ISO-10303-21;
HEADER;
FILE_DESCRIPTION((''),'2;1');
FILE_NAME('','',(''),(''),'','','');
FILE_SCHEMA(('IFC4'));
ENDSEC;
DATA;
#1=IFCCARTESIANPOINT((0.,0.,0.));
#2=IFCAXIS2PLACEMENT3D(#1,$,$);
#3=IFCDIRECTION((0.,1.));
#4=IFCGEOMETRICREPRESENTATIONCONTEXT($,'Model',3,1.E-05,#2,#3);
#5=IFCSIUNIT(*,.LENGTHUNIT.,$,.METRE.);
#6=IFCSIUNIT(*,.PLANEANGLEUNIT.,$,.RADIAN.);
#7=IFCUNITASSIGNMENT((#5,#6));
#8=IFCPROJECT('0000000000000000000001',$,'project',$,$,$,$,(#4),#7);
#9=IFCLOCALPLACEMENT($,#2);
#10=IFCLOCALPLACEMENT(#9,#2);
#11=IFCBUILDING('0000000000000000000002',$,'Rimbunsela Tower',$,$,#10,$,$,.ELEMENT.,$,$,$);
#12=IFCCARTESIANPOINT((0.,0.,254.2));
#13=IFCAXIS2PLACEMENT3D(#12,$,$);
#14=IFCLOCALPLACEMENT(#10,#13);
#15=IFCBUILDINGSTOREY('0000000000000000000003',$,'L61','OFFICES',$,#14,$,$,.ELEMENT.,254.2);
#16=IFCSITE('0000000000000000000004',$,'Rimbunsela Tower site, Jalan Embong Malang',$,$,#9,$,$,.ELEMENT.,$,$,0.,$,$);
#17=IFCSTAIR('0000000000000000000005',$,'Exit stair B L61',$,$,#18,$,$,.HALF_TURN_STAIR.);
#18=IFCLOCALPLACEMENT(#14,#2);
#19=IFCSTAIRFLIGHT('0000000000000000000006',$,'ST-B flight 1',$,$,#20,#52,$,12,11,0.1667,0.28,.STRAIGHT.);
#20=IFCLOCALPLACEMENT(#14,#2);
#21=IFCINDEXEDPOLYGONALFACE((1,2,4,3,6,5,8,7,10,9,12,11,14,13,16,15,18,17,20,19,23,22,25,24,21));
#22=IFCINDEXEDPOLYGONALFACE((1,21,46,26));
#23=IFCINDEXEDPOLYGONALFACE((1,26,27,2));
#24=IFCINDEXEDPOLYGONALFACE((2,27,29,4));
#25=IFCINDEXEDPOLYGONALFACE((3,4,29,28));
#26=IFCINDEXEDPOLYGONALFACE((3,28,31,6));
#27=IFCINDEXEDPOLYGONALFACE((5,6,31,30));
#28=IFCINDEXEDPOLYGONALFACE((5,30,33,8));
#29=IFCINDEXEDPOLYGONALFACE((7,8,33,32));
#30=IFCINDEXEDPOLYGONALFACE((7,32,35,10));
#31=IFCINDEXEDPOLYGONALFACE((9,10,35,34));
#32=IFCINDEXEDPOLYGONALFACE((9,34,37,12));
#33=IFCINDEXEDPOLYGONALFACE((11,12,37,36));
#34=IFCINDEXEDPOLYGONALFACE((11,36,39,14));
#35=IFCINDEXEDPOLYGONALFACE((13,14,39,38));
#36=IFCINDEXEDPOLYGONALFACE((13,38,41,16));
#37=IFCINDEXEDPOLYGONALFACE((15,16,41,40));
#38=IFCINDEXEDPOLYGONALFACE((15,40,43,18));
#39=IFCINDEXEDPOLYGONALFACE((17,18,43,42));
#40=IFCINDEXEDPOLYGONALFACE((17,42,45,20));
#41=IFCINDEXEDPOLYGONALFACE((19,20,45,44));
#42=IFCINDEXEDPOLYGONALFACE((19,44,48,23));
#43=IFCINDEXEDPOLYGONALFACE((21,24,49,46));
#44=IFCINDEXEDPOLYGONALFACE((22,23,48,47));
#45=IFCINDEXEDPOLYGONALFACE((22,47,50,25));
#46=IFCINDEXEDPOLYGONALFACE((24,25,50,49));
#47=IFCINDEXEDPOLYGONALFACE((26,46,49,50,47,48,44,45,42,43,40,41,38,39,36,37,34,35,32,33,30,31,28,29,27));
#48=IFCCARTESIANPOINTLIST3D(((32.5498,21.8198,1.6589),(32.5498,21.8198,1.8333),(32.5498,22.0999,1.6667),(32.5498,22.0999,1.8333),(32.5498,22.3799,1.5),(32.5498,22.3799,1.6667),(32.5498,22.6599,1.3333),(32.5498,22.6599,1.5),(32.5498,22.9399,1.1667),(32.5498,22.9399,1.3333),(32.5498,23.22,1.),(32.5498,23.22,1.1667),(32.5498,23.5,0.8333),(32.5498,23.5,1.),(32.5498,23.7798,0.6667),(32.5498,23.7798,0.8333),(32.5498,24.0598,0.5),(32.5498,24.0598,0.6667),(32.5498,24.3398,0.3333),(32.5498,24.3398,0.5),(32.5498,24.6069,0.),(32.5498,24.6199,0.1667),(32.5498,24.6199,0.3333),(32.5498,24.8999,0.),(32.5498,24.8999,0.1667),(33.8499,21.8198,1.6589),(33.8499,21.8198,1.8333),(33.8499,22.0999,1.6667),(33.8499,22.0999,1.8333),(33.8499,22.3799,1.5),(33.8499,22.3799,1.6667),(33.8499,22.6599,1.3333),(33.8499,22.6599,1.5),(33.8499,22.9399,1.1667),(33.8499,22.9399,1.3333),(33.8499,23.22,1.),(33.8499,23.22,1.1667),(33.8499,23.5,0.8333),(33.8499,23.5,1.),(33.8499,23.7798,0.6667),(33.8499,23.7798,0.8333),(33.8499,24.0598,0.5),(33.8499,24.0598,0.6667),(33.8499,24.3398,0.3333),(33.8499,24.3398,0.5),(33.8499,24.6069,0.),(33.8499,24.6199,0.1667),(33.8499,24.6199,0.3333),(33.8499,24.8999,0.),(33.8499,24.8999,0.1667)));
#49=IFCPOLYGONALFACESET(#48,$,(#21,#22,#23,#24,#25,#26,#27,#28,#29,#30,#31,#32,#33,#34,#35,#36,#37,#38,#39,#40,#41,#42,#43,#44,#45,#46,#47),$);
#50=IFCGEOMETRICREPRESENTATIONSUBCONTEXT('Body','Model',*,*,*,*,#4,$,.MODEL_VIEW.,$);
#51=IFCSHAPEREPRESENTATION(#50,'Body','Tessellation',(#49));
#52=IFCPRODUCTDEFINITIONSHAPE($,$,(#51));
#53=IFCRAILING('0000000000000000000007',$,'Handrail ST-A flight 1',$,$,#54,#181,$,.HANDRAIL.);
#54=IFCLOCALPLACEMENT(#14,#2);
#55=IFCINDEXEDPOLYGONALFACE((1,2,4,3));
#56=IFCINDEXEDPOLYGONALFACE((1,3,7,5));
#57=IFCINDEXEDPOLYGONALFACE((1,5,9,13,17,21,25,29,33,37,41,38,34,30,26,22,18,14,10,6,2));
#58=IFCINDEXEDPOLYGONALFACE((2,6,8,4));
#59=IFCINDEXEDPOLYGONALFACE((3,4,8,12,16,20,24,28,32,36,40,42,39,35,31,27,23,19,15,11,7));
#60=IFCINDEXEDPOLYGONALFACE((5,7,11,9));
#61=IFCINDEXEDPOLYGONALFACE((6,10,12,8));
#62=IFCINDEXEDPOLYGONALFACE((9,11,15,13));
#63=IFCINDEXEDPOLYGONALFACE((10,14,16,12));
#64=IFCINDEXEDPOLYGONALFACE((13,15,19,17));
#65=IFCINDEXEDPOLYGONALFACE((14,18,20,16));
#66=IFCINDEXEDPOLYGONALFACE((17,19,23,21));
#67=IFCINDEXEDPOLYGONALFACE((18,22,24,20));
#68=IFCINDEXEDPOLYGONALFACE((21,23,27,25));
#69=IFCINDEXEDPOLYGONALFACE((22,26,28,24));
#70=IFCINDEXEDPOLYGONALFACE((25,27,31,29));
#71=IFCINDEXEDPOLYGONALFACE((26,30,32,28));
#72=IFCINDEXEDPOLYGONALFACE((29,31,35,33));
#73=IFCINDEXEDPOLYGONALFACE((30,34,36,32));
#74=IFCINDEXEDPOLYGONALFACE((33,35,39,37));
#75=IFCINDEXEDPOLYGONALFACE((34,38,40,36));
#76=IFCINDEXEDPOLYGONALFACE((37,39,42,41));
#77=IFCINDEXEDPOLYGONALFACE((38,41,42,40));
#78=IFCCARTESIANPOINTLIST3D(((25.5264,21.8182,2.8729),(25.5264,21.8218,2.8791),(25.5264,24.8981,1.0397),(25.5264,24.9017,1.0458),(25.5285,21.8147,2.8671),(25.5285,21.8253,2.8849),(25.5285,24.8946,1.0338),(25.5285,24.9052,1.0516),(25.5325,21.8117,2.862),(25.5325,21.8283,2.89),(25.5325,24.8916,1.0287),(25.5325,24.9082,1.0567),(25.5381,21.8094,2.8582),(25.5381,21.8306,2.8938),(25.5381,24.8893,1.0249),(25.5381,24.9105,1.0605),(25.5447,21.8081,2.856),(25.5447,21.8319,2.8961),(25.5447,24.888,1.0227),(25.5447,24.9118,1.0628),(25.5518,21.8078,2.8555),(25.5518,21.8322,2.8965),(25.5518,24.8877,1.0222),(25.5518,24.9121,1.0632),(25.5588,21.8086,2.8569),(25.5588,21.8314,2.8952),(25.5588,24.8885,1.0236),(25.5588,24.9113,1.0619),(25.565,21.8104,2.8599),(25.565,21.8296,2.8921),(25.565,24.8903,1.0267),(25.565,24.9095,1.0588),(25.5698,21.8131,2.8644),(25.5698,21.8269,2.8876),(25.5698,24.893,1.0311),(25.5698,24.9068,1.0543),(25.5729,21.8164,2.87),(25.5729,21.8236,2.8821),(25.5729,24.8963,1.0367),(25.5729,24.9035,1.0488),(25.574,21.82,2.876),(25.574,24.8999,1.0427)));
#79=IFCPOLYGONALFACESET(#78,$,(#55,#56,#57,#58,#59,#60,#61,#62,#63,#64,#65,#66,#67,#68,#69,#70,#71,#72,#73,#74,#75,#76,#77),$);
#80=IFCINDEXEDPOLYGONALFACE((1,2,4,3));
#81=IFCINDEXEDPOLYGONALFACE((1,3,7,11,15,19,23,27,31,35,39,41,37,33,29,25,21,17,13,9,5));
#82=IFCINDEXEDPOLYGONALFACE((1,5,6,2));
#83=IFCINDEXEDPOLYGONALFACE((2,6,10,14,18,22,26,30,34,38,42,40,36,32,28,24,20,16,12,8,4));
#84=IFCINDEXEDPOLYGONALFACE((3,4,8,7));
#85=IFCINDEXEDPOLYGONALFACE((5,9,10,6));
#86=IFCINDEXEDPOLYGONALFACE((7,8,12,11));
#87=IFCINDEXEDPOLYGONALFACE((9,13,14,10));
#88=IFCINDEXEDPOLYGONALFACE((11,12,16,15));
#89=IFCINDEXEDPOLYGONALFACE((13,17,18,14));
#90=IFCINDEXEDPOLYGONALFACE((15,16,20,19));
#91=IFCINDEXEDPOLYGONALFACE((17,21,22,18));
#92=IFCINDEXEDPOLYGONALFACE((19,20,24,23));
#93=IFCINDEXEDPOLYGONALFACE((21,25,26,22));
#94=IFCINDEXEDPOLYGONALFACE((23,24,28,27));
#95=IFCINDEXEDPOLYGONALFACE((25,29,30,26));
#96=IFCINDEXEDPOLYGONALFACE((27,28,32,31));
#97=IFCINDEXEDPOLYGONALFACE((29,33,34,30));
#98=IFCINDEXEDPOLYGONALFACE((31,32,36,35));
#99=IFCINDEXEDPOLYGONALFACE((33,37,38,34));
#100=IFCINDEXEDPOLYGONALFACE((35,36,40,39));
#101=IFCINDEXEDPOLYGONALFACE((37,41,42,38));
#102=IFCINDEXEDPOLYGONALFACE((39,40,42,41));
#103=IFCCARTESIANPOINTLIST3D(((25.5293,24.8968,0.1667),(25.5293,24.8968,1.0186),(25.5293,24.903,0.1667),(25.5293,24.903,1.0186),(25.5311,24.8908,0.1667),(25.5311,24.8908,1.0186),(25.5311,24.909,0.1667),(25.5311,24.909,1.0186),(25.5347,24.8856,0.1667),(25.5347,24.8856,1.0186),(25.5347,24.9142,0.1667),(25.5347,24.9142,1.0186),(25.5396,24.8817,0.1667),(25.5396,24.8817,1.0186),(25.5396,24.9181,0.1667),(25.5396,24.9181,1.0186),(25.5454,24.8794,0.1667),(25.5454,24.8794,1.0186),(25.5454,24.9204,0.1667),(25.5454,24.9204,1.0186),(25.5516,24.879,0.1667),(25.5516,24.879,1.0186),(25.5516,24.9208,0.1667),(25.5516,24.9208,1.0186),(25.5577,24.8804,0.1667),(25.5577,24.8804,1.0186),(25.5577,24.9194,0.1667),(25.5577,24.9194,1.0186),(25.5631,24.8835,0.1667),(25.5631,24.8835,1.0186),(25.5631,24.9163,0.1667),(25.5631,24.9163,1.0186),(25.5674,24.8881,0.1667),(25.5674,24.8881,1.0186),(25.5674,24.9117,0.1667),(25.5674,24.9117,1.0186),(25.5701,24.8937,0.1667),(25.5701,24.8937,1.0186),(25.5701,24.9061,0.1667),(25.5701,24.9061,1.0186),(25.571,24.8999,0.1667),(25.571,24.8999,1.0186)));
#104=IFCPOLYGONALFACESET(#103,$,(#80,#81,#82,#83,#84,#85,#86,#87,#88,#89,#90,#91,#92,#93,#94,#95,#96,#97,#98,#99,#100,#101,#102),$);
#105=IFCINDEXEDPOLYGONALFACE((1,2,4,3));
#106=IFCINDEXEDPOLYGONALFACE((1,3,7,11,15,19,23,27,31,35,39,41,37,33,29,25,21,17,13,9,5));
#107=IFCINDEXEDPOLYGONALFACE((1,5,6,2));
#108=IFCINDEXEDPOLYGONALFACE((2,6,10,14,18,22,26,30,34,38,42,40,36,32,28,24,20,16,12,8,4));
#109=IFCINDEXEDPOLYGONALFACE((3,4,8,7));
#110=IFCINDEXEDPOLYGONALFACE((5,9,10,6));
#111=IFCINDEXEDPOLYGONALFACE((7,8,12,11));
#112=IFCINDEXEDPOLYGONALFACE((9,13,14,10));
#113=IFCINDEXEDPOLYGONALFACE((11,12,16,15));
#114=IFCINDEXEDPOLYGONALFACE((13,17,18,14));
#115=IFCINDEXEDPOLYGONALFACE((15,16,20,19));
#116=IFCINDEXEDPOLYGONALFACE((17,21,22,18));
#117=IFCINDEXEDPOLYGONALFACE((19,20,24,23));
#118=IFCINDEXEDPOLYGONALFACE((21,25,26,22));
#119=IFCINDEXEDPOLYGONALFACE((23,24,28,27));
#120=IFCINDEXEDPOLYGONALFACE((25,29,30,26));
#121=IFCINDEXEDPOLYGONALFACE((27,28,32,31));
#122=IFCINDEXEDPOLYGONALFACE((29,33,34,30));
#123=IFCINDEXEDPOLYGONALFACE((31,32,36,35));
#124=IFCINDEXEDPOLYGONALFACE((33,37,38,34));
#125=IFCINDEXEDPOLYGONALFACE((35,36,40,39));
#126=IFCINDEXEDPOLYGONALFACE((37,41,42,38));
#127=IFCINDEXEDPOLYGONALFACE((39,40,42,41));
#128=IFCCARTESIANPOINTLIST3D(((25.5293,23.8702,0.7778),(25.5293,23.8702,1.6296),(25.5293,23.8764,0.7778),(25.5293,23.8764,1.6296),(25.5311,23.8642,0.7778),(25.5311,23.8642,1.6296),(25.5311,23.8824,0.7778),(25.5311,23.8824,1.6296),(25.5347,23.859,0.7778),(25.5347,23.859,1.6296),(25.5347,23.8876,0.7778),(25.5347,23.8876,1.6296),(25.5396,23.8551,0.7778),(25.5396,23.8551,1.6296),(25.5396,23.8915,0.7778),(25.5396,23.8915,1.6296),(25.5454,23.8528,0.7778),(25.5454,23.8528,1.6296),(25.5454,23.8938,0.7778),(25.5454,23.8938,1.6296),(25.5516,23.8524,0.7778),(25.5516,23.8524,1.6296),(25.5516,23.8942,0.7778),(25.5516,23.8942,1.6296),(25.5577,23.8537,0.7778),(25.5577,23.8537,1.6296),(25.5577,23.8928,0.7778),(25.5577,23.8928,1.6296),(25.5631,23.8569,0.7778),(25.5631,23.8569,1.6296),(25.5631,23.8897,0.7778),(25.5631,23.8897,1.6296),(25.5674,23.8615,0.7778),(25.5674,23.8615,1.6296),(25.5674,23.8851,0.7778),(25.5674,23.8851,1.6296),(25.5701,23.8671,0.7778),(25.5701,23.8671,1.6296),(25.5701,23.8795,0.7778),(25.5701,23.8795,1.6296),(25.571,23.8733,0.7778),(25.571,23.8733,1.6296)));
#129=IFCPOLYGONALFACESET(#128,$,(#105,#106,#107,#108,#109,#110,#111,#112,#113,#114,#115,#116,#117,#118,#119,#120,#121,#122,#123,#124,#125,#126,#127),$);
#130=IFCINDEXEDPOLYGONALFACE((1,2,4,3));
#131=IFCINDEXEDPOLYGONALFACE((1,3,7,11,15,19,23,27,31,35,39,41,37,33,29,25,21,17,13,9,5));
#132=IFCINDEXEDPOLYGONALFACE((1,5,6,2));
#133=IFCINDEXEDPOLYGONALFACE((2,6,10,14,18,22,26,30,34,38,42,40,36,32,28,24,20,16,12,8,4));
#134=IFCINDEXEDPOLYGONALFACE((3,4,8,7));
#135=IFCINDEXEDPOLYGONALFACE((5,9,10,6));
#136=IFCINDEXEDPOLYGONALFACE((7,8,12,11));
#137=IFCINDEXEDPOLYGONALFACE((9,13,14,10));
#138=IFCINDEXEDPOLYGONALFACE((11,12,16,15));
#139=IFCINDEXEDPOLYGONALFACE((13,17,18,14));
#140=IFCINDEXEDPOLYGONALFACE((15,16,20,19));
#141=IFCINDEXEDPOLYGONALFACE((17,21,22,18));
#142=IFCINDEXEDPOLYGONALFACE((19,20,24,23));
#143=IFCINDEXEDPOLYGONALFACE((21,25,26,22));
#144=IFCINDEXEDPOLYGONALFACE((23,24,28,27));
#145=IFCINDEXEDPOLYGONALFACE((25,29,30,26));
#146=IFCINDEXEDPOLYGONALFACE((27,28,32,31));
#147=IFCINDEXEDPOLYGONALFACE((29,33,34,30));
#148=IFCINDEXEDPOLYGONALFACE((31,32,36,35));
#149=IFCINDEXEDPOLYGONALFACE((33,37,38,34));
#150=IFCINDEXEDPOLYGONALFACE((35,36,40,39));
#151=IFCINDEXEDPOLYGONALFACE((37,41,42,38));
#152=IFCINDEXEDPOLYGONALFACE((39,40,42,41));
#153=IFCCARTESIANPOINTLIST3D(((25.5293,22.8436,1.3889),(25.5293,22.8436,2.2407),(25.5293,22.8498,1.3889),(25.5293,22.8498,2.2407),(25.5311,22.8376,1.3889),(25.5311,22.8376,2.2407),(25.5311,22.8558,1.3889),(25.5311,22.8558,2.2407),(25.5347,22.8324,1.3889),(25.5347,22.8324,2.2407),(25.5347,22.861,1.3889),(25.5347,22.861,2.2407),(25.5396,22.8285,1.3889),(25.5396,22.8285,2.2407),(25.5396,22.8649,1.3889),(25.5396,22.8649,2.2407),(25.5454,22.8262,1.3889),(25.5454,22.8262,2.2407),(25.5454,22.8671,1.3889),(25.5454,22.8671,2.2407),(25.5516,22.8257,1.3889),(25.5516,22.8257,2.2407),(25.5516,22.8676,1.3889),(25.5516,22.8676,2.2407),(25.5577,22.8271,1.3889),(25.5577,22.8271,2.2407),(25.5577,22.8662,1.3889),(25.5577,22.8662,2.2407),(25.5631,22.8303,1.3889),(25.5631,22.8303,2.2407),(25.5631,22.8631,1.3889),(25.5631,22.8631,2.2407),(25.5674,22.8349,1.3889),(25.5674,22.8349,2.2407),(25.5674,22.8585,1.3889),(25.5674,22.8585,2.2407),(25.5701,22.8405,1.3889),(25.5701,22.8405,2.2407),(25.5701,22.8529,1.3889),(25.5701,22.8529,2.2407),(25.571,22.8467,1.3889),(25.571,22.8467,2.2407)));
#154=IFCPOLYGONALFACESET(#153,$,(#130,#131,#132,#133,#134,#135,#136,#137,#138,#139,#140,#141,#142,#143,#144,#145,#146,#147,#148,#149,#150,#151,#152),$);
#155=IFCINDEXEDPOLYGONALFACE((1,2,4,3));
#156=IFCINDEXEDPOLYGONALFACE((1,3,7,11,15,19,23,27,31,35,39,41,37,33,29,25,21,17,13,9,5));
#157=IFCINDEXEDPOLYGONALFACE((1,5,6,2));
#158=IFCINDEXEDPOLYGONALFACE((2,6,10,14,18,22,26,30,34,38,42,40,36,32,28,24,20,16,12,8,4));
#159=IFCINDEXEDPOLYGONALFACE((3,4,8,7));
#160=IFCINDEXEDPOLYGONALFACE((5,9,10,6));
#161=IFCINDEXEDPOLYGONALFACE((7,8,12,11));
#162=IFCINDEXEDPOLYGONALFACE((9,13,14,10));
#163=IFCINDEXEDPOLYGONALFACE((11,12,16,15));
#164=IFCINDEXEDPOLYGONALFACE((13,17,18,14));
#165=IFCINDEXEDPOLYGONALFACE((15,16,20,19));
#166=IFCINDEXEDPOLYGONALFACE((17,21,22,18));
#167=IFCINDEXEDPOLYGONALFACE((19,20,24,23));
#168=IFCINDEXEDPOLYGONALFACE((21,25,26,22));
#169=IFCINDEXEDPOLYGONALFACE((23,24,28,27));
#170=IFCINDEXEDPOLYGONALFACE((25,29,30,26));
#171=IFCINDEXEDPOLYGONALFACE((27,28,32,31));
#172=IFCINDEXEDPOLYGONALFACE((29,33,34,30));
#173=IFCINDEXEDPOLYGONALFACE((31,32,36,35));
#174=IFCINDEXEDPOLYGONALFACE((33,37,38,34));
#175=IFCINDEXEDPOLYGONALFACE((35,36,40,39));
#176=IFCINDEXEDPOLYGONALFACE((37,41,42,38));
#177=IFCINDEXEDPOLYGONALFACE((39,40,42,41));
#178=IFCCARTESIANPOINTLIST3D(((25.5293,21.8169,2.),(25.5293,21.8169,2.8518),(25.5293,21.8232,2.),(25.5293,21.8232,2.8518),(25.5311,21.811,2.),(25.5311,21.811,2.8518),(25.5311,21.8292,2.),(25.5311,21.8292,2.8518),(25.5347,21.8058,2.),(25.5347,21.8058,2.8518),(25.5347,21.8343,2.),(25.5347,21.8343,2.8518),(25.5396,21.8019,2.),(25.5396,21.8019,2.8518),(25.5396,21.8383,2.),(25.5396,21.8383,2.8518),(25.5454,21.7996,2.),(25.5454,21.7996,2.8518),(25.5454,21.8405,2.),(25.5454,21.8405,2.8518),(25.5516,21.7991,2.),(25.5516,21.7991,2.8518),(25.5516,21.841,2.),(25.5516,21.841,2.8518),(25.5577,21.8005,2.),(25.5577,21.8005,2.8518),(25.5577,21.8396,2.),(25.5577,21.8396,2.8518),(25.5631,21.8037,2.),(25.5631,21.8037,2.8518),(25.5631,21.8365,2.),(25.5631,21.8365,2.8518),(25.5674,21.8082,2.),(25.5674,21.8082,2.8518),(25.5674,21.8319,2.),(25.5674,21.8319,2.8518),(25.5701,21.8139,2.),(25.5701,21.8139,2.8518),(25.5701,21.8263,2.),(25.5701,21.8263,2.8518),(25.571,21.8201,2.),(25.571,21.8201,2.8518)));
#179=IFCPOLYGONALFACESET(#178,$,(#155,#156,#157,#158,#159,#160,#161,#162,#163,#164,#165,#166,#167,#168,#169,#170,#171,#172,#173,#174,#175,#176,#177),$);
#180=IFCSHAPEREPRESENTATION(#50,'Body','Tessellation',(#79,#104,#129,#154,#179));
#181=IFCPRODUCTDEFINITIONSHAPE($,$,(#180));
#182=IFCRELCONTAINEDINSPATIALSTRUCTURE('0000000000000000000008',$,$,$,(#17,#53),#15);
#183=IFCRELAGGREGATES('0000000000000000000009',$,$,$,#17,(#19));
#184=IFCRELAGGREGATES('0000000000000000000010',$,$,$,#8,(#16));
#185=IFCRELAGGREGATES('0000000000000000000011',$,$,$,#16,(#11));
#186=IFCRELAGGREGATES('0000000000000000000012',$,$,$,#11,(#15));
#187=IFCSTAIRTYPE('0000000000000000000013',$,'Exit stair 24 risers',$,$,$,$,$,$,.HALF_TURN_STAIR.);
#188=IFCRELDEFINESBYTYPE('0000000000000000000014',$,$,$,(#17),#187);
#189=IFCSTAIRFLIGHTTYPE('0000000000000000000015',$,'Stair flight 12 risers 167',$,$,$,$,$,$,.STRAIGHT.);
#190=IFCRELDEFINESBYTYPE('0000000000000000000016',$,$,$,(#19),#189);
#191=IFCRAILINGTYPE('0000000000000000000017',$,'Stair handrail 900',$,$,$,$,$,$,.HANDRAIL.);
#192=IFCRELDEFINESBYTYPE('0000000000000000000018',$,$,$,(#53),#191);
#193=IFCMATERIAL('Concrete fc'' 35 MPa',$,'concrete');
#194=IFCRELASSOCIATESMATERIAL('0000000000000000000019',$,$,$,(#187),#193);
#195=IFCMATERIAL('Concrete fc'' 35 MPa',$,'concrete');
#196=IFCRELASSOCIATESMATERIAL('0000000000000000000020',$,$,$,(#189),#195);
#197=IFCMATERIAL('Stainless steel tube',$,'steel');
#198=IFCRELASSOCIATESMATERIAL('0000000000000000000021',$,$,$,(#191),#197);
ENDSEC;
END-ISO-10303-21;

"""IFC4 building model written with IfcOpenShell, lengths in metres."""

from ifc_helpers import new_model, si_unit, direction, frame, origin, origin_2d, place, context, subcontext, project, spatial, polyline, circle, outline, extrude, material, type_object, element, aggregate, save


model = new_model("IFC4")

# Units and contexts
model_context = context("Model", 3, precision=1e-05, world=origin(), true_north=direction((0.0, 1.0)))
body_context = subcontext(model_context, "Body", "Model", "MODEL_VIEW")
ifc_project = project(units=[si_unit("LENGTHUNIT", "METRE"), si_unit("PLANEANGLEUNIT", "RADIAN")], contexts=[model_context])

# Site, building, storey
site_placement = place(None, origin())
site = spatial("IfcSite", under=ifc_project, at=site_placement, Name="Rimbunsela Tower site, Jalan Embong Malang", CompositionType="ELEMENT", RefElevation=0.0)
building_placement = place(site_placement, origin())
building = spatial("IfcBuilding", under=site, at=building_placement, Name="Rimbunsela Tower", CompositionType="ELEMENT")
storey_placement = place(building_placement, frame((0.0, 0.0, 254.2)))
storey = spatial("IfcBuildingStorey", under=building, at=storey_placement, Name="L61", Description="OFFICES", CompositionType="ELEMENT", Elevation=254.2)

# Stair, stair flight
ifc_material_1 = material(Name="Concrete fc' 35 MPa", Category="concrete")
stair_type = type_object("IfcStairType", Name="Exit stair 24 risers", PredefinedType="HALF_TURN_STAIR", material=ifc_material_1)
stair_placement = place(storey_placement, origin())
stair = element("IfcStair", 1, at=stair_placement, inside=storey, type_object=stair_type, Name="Exit stair B L61", PredefinedType="HALF_TURN_STAIR")
ifc_material_2 = material(Name="Concrete fc' 35 MPa", Category="concrete")
stair_flight_type = type_object("IfcStairFlightType", Name="Stair flight 12 risers 167", PredefinedType="STRAIGHT", material=ifc_material_2)
stair_flight_placement = place(storey_placement, frame((33.2, 24.8999, 0.0), z_axis=(0.0, 0.0, 1.0), x_axis=(0.0, -1.0, 0.0)))
stair_flight = element("IfcStairFlight", 2, at=stair_flight_placement, type_object=stair_flight_type, Name="ST-B flight 1", NumberOfRisers=12, NumberOfTreads=11, PredefinedType="STRAIGHT", RiserHeight=0.1667, TreadLength=0.28, context=body_context, shape_type="SweptSolid", body=[
    extrude(outline(polyline([(0.0, 0.0), (0.0, 0.1667), (0.28, 0.1667), (0.28, 0.3333), (0.5601, 0.3333), (0.5601, 0.5), (0.8401, 0.5), (0.8401, 0.6667), (1.1201, 0.6667), (1.1201, 0.8333), (1.3999, 0.8333), (1.3999, 1.0), (1.6799, 1.0), (1.6799, 1.1667), (1.96, 1.1667), (1.96, 1.3333), (2.24, 1.3333), (2.24, 1.5), (2.52, 1.5), (2.52, 1.6667), (2.8, 1.6667), (2.8, 1.8333), (3.0801, 1.8333), (3.0801, 2.0), (3.0801, 1.6589), (0.293, 0.0), (0.0, 0.0)])), frame((0.0, 0.6499, 0.0), z_axis=(0.0, -1.0, 0.0), x_axis=(1.0, 0.0, 0.0)), (0.0, 0.0, 1.0), 1.3),
])
aggregate(stair, [stair_flight])

# Railing
ifc_material_3 = material(Name="Stainless steel tube", Category="steel")
railing_type = type_object("IfcRailingType", Name="Stair handrail 900", PredefinedType="HANDRAIL", material=ifc_material_3)
for number, where, name in (
    (3, (25.55, 24.8999, 0.1667), "Handrail ST-A flight 1"),
):
    element("IfcRailing", number, at=place(storey_placement, frame(where)), inside=storey, type_object=railing_type, Name=name, PredefinedType="HANDRAIL", context=body_context, shape_type="SweptSolid", body=[
        extrude(circle(Radius=0.0239, at=origin_2d()), frame((0.0, 0.0, 0.876), z_axis=(0.0, -0.859291, 0.511487), x_axis=(1.0, 0.0, 0.0)), (0.0, 0.0, 1.0), 3.5842),
        extrude(circle(Radius=0.021, at=origin_2d()), origin(), (0.0, 0.0, 1.0), 0.8518),
        extrude(circle(Radius=0.021, at=origin_2d()), frame((0.0, -1.0266, 0.6111)), (0.0, 0.0, 1.0), 0.8518),
        extrude(circle(Radius=0.021, at=origin_2d()), frame((0.0, -2.0532, 1.2222)), (0.0, 0.0, 1.0), 0.8518),
        extrude(circle(Radius=0.021, at=origin_2d()), frame((0.0, -3.0798, 1.8333)), (0.0, 0.0, 1.0), 0.8518),
    ])

save(model, "model.ifc")
